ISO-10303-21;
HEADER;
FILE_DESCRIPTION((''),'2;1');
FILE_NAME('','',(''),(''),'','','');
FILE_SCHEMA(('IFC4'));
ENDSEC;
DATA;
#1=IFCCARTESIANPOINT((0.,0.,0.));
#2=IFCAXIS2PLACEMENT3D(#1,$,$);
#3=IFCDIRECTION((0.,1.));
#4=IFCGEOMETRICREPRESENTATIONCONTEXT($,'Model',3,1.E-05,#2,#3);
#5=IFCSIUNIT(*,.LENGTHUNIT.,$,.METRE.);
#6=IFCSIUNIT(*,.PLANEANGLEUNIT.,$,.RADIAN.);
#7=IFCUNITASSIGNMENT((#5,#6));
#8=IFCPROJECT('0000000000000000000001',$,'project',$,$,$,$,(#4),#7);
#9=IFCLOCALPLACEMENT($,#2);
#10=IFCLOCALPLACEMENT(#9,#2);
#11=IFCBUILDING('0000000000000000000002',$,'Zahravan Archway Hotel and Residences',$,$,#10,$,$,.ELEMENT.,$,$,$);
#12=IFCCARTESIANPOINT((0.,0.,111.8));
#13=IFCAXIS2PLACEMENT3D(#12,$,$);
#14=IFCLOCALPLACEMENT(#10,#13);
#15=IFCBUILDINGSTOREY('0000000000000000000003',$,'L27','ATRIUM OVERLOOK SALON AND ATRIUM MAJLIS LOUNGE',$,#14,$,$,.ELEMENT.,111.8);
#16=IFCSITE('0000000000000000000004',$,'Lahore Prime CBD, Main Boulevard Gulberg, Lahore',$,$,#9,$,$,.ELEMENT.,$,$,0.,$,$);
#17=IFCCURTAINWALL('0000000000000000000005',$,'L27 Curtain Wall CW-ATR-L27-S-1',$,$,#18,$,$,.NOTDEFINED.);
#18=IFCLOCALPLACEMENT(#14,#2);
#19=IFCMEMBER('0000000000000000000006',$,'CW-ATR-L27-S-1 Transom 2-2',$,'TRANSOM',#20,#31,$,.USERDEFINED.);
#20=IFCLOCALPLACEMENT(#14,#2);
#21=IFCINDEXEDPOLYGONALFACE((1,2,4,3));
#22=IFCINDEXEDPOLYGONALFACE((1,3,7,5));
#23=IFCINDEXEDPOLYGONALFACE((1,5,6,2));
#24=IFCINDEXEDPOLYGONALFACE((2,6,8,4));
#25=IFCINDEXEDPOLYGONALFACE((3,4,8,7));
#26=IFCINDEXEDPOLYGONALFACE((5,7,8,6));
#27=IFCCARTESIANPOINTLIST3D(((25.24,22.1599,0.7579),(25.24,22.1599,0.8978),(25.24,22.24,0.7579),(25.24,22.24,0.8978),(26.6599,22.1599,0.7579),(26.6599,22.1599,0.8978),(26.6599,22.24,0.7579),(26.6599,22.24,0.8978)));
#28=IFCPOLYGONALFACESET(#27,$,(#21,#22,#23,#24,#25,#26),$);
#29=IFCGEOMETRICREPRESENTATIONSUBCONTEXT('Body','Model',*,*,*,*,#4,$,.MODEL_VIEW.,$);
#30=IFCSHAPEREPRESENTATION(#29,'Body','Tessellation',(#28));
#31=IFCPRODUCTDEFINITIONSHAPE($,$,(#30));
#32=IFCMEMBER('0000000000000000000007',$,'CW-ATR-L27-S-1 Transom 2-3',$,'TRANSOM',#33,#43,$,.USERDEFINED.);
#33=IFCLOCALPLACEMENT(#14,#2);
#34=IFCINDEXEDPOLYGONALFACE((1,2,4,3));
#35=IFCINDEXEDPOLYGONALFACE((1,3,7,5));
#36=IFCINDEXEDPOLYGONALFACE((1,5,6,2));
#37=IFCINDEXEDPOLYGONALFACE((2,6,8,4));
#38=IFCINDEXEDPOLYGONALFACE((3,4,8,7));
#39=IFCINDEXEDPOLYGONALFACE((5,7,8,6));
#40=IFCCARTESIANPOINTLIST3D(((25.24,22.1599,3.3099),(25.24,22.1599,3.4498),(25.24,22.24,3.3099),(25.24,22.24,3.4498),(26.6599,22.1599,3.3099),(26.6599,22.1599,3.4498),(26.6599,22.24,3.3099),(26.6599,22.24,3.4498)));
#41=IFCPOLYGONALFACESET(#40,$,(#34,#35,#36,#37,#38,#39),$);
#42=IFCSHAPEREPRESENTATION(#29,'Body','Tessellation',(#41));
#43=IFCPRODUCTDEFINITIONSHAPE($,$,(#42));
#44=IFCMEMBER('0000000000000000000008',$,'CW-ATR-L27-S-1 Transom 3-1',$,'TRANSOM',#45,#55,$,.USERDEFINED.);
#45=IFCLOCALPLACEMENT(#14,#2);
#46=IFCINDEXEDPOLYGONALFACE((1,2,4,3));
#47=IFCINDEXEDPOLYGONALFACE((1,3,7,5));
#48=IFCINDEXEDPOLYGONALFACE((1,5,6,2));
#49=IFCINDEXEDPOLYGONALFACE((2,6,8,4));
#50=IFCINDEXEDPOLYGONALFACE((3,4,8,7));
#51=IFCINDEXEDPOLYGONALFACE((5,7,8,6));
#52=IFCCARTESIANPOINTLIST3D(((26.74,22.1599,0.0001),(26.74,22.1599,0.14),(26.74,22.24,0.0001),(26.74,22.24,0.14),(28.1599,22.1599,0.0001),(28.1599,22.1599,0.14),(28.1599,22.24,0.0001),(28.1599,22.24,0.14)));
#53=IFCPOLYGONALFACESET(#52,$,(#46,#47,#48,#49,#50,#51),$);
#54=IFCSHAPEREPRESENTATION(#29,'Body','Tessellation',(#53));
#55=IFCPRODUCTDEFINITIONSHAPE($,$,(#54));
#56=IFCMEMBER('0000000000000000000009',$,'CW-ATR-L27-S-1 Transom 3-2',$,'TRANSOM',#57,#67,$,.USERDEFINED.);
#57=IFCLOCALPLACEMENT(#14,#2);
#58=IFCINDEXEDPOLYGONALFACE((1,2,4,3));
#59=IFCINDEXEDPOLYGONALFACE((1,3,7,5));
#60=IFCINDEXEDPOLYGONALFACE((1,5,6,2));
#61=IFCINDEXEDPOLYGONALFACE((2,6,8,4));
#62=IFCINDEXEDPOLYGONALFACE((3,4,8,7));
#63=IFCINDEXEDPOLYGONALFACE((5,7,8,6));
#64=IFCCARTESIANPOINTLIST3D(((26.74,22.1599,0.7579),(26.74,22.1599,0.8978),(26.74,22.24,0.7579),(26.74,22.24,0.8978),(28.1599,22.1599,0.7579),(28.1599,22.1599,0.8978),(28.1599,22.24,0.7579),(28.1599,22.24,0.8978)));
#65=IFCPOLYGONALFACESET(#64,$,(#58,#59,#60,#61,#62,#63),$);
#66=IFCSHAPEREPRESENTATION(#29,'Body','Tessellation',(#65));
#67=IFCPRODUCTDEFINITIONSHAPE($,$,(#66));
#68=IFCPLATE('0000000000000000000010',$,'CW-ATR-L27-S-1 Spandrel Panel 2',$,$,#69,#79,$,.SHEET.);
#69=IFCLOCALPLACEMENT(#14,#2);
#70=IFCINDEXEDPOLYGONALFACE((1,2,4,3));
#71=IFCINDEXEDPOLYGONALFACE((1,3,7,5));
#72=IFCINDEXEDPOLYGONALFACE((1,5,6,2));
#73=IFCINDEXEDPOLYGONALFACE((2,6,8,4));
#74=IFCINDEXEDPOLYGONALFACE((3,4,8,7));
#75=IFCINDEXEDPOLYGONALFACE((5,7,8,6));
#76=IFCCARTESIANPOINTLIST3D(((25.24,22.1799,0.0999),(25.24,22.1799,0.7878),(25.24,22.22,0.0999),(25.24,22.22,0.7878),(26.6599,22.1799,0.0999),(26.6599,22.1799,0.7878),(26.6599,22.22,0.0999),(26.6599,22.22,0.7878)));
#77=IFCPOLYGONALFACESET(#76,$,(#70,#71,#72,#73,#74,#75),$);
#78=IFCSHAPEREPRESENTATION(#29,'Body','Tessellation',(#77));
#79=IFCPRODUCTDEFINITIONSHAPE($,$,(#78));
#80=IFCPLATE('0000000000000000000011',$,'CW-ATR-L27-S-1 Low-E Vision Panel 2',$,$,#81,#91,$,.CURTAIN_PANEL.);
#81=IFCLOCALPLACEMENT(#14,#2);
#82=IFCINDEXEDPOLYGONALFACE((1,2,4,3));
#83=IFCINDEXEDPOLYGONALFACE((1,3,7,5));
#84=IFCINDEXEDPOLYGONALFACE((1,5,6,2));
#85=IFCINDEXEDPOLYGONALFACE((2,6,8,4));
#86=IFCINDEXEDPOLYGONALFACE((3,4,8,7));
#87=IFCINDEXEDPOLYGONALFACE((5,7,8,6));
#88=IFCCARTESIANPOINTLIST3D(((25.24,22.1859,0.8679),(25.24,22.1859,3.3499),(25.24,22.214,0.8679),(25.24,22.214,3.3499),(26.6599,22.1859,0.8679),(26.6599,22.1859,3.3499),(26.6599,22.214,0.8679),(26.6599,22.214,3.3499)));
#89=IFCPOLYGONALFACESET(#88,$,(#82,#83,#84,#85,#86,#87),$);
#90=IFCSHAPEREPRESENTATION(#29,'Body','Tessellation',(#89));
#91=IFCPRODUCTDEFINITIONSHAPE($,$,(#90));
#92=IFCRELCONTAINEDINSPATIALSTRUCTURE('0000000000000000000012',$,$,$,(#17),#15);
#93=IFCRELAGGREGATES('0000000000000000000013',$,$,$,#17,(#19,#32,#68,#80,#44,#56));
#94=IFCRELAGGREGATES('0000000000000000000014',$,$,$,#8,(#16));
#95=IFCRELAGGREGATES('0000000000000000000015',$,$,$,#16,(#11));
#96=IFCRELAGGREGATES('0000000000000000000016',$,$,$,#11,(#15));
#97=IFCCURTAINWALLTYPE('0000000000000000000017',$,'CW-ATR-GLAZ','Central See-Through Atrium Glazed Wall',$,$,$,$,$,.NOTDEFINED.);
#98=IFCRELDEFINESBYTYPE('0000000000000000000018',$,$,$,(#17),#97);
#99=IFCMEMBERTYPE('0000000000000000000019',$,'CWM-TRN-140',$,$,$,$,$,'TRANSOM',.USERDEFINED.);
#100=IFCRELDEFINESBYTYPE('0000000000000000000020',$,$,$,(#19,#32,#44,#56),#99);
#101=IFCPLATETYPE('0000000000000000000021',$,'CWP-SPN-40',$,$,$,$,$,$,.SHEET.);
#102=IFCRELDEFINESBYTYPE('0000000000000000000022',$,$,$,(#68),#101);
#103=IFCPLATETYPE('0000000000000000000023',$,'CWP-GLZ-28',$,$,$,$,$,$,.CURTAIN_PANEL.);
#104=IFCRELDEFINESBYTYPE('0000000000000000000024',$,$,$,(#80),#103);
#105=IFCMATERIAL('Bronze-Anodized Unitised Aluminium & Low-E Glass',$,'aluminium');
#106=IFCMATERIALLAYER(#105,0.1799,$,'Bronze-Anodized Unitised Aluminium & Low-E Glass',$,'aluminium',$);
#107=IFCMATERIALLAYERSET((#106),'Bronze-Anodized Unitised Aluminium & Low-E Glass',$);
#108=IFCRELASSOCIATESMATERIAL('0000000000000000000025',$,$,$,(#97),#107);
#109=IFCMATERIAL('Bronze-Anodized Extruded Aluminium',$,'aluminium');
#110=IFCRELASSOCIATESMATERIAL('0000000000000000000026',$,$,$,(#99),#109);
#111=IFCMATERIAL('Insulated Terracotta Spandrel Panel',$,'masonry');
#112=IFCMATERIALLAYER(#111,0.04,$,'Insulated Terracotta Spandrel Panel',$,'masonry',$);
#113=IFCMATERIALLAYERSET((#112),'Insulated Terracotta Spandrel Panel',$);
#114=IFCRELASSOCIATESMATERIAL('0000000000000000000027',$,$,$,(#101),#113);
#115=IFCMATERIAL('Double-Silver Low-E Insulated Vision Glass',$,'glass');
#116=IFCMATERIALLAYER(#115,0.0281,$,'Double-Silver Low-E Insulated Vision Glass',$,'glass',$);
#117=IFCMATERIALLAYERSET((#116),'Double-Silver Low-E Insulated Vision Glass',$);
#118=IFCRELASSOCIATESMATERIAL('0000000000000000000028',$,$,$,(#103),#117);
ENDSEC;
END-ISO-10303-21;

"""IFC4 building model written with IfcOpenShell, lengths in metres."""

from ifc_helpers import new_model, si_unit, direction, frame, origin, origin_2d, place, context, subcontext, project, spatial, rectangle, extrude, source, transform, mapped, material, layer, layer_set, material_profile, profile_set, type_object, element, aggregate, save


model = new_model("IFC4")

# Units and contexts
model_context = context("Model", 3, precision=1e-05, world=origin(), true_north=direction((0.0, 1.0)))
body_context = subcontext(model_context, "Body", "Model", "MODEL_VIEW")
ifc_project = project(units=[si_unit("LENGTHUNIT", "METRE"), si_unit("PLANEANGLEUNIT", "RADIAN")], contexts=[model_context])

# Site, building, storey
site_placement = place(None, origin())
site = spatial("IfcSite", under=ifc_project, at=site_placement, Name="Lahore Prime CBD, Main Boulevard Gulberg, Lahore", CompositionType="ELEMENT", RefElevation=0.0)
building_placement = place(site_placement, origin())
building = spatial("IfcBuilding", under=site, at=building_placement, Name="Zahravan Archway Hotel and Residences", CompositionType="ELEMENT")
storey_placement = place(building_placement, frame((0.0, 0.0, 111.8)))
storey = spatial("IfcBuildingStorey", under=building, at=storey_placement, Name="L27", Description="ATRIUM OVERLOOK SALON AND ATRIUM MAJLIS LOUNGE", CompositionType="ELEMENT", Elevation=111.8)

# Curtain wall, members, plates
ifc_material_1 = material(Name="Bronze-Anodized Unitised Aluminium & Low-E Glass", Category="aluminium")
ifc_layer_1 = layer(ifc_material_1, 0.1799, Name="Bronze-Anodized Unitised Aluminium & Low-E Glass", Category="aluminium")
ifc_layer_set_1 = layer_set([ifc_layer_1], Name="Bronze-Anodized Unitised Aluminium & Low-E Glass")
curtain_wall_type = type_object("IfcCurtainWallType", Name="CW-ATR-GLAZ", Description="Central See-Through Atrium Glazed Wall", PredefinedType="NOTDEFINED", material=ifc_layer_set_1)
curtain_wall_placement = place(storey_placement, origin())
curtain_wall = element("IfcCurtainWall", 1, at=curtain_wall_placement, inside=storey, type_object=curtain_wall_type, Name="L27 Curtain Wall CW-ATR-L27-S-1", PredefinedType="NOTDEFINED")
ifc_material_2 = material(Name="Bronze-Anodized Extruded Aluminium", Category="aluminium")
ifc_material_profile_1 = material_profile(ifc_material_2, rectangle(XDim=0.0801, YDim=0.1399, at=origin_2d()), Name="TRN 80x140", Category="aluminium")
ifc_profile_set_1 = profile_set([ifc_material_profile_1], Name="Bronze-Anodized Extruded Aluminium")
member_type_1 = type_object("IfcMemberType", Name="CWM-TRN-140", ElementType="TRANSOM", PredefinedType="USERDEFINED", material=ifc_profile_set_1)
shared_shape_1 = source(origin(), body_context, "Body", "SweptSolid", [
    extrude(rectangle(XDim=0.0801, YDim=0.1399, at=origin_2d()), origin(), (0.0, 0.0, 1.0), 1.4199),
])
member_1_placement = place(storey_placement, frame((25.24, 22.2, 0.8279), z_axis=(1.0, 0.0, 0.0), x_axis=(0.0, 1.0, 0.0)))
member_1 = element("IfcMember", 2, at=member_1_placement, type_object=member_type_1, Name="CW-ATR-L27-S-1 Transom 2-2", ObjectType="TRANSOM", PredefinedType="USERDEFINED", context=body_context, shape_type="MappedRepresentation", body=[
    mapped(shared_shape_1, transform((0.0, 0.0, 0.0), scale=1.0)),
])
member_2_placement = place(storey_placement, frame((25.24, 22.2, 3.3799), z_axis=(1.0, 0.0, 0.0), x_axis=(0.0, 1.0, 0.0)))
member_2 = element("IfcMember", 3, at=member_2_placement, type_object=member_type_1, Name="CW-ATR-L27-S-1 Transom 2-3", ObjectType="TRANSOM", PredefinedType="USERDEFINED", context=body_context, shape_type="MappedRepresentation", body=[
    mapped(shared_shape_1, transform((0.0, 0.0, 0.0), scale=1.0)),
])
member_3_placement = place(storey_placement, frame((26.74, 22.2, 0.0701), z_axis=(1.0, 0.0, 0.0), x_axis=(0.0, 1.0, 0.0)))
member_3 = element("IfcMember", 4, at=member_3_placement, type_object=member_type_1, Name="CW-ATR-L27-S-1 Transom 3-1", ObjectType="TRANSOM", PredefinedType="USERDEFINED", context=body_context, shape_type="MappedRepresentation", body=[
    mapped(shared_shape_1, transform((0.0, 0.0, 0.0), scale=1.0)),
])
member_4_placement = place(storey_placement, frame((26.74, 22.2, 0.8279), z_axis=(1.0, 0.0, 0.0), x_axis=(0.0, 1.0, 0.0)))
member_4 = element("IfcMember", 5, at=member_4_placement, type_object=member_type_1, Name="CW-ATR-L27-S-1 Transom 3-2", ObjectType="TRANSOM", PredefinedType="USERDEFINED", context=body_context, shape_type="MappedRepresentation", body=[
    mapped(shared_shape_1, transform((0.0, 0.0, 0.0), scale=1.0)),
])
ifc_material_3 = material(Name="Insulated Terracotta Spandrel Panel", Category="masonry")
ifc_layer_2 = layer(ifc_material_3, 0.04, Name="Insulated Terracotta Spandrel Panel", Category="masonry")
ifc_layer_set_2 = layer_set([ifc_layer_2], Name="Insulated Terracotta Spandrel Panel")
plate_type_1 = type_object("IfcPlateType", Name="CWP-SPN-40", PredefinedType="SHEET", material=ifc_layer_set_2)
shared_shape_2 = source(origin(), body_context, "Body", "SweptSolid", [
    extrude(rectangle(XDim=1.4199, YDim=0.04, at=origin_2d()), origin(), (0.0, 0.0, 1.0), 0.688),
])
plate_1_placement = place(storey_placement, frame((25.95, 22.2, 0.0999), z_axis=(0.0, 0.0, 1.0), x_axis=(1.0, 0.0, 0.0)))
plate_1 = element("IfcPlate", 6, at=plate_1_placement, type_object=plate_type_1, Name="CW-ATR-L27-S-1 Spandrel Panel 2", PredefinedType="SHEET", context=body_context, shape_type="MappedRepresentation", body=[
    mapped(shared_shape_2, transform((0.0, 0.0, 0.0), scale=1.0)),
])
ifc_material_4 = material(Name="Double-Silver Low-E Insulated Vision Glass", Category="glass")
ifc_layer_3 = layer(ifc_material_4, 0.0281, Name="Double-Silver Low-E Insulated Vision Glass", Category="glass")
ifc_layer_set_3 = layer_set([ifc_layer_3], Name="Double-Silver Low-E Insulated Vision Glass")
plate_type_2 = type_object("IfcPlateType", Name="CWP-GLZ-28", PredefinedType="CURTAIN_PANEL", material=ifc_layer_set_3)
shared_shape_3 = source(origin(), body_context, "Body", "SweptSolid", [
    extrude(rectangle(XDim=1.4199, YDim=0.0281, at=origin_2d()), origin(), (0.0, 0.0, 1.0), 2.4819),
])
plate_2_placement = place(storey_placement, frame((25.95, 22.2, 0.8679), z_axis=(0.0, 0.0, 1.0), x_axis=(1.0, 0.0, 0.0)))
plate_2 = element("IfcPlate", 7, at=plate_2_placement, type_object=plate_type_2, Name="CW-ATR-L27-S-1 Low-E Vision Panel 2", PredefinedType="CURTAIN_PANEL", context=body_context, shape_type="MappedRepresentation", body=[
    mapped(shared_shape_3, transform((0.0, 0.0, 0.0), scale=1.0)),
])
aggregate(curtain_wall, [member_1, member_2, plate_1, plate_2, member_3, member_4])

save(model, "model.ifc")
